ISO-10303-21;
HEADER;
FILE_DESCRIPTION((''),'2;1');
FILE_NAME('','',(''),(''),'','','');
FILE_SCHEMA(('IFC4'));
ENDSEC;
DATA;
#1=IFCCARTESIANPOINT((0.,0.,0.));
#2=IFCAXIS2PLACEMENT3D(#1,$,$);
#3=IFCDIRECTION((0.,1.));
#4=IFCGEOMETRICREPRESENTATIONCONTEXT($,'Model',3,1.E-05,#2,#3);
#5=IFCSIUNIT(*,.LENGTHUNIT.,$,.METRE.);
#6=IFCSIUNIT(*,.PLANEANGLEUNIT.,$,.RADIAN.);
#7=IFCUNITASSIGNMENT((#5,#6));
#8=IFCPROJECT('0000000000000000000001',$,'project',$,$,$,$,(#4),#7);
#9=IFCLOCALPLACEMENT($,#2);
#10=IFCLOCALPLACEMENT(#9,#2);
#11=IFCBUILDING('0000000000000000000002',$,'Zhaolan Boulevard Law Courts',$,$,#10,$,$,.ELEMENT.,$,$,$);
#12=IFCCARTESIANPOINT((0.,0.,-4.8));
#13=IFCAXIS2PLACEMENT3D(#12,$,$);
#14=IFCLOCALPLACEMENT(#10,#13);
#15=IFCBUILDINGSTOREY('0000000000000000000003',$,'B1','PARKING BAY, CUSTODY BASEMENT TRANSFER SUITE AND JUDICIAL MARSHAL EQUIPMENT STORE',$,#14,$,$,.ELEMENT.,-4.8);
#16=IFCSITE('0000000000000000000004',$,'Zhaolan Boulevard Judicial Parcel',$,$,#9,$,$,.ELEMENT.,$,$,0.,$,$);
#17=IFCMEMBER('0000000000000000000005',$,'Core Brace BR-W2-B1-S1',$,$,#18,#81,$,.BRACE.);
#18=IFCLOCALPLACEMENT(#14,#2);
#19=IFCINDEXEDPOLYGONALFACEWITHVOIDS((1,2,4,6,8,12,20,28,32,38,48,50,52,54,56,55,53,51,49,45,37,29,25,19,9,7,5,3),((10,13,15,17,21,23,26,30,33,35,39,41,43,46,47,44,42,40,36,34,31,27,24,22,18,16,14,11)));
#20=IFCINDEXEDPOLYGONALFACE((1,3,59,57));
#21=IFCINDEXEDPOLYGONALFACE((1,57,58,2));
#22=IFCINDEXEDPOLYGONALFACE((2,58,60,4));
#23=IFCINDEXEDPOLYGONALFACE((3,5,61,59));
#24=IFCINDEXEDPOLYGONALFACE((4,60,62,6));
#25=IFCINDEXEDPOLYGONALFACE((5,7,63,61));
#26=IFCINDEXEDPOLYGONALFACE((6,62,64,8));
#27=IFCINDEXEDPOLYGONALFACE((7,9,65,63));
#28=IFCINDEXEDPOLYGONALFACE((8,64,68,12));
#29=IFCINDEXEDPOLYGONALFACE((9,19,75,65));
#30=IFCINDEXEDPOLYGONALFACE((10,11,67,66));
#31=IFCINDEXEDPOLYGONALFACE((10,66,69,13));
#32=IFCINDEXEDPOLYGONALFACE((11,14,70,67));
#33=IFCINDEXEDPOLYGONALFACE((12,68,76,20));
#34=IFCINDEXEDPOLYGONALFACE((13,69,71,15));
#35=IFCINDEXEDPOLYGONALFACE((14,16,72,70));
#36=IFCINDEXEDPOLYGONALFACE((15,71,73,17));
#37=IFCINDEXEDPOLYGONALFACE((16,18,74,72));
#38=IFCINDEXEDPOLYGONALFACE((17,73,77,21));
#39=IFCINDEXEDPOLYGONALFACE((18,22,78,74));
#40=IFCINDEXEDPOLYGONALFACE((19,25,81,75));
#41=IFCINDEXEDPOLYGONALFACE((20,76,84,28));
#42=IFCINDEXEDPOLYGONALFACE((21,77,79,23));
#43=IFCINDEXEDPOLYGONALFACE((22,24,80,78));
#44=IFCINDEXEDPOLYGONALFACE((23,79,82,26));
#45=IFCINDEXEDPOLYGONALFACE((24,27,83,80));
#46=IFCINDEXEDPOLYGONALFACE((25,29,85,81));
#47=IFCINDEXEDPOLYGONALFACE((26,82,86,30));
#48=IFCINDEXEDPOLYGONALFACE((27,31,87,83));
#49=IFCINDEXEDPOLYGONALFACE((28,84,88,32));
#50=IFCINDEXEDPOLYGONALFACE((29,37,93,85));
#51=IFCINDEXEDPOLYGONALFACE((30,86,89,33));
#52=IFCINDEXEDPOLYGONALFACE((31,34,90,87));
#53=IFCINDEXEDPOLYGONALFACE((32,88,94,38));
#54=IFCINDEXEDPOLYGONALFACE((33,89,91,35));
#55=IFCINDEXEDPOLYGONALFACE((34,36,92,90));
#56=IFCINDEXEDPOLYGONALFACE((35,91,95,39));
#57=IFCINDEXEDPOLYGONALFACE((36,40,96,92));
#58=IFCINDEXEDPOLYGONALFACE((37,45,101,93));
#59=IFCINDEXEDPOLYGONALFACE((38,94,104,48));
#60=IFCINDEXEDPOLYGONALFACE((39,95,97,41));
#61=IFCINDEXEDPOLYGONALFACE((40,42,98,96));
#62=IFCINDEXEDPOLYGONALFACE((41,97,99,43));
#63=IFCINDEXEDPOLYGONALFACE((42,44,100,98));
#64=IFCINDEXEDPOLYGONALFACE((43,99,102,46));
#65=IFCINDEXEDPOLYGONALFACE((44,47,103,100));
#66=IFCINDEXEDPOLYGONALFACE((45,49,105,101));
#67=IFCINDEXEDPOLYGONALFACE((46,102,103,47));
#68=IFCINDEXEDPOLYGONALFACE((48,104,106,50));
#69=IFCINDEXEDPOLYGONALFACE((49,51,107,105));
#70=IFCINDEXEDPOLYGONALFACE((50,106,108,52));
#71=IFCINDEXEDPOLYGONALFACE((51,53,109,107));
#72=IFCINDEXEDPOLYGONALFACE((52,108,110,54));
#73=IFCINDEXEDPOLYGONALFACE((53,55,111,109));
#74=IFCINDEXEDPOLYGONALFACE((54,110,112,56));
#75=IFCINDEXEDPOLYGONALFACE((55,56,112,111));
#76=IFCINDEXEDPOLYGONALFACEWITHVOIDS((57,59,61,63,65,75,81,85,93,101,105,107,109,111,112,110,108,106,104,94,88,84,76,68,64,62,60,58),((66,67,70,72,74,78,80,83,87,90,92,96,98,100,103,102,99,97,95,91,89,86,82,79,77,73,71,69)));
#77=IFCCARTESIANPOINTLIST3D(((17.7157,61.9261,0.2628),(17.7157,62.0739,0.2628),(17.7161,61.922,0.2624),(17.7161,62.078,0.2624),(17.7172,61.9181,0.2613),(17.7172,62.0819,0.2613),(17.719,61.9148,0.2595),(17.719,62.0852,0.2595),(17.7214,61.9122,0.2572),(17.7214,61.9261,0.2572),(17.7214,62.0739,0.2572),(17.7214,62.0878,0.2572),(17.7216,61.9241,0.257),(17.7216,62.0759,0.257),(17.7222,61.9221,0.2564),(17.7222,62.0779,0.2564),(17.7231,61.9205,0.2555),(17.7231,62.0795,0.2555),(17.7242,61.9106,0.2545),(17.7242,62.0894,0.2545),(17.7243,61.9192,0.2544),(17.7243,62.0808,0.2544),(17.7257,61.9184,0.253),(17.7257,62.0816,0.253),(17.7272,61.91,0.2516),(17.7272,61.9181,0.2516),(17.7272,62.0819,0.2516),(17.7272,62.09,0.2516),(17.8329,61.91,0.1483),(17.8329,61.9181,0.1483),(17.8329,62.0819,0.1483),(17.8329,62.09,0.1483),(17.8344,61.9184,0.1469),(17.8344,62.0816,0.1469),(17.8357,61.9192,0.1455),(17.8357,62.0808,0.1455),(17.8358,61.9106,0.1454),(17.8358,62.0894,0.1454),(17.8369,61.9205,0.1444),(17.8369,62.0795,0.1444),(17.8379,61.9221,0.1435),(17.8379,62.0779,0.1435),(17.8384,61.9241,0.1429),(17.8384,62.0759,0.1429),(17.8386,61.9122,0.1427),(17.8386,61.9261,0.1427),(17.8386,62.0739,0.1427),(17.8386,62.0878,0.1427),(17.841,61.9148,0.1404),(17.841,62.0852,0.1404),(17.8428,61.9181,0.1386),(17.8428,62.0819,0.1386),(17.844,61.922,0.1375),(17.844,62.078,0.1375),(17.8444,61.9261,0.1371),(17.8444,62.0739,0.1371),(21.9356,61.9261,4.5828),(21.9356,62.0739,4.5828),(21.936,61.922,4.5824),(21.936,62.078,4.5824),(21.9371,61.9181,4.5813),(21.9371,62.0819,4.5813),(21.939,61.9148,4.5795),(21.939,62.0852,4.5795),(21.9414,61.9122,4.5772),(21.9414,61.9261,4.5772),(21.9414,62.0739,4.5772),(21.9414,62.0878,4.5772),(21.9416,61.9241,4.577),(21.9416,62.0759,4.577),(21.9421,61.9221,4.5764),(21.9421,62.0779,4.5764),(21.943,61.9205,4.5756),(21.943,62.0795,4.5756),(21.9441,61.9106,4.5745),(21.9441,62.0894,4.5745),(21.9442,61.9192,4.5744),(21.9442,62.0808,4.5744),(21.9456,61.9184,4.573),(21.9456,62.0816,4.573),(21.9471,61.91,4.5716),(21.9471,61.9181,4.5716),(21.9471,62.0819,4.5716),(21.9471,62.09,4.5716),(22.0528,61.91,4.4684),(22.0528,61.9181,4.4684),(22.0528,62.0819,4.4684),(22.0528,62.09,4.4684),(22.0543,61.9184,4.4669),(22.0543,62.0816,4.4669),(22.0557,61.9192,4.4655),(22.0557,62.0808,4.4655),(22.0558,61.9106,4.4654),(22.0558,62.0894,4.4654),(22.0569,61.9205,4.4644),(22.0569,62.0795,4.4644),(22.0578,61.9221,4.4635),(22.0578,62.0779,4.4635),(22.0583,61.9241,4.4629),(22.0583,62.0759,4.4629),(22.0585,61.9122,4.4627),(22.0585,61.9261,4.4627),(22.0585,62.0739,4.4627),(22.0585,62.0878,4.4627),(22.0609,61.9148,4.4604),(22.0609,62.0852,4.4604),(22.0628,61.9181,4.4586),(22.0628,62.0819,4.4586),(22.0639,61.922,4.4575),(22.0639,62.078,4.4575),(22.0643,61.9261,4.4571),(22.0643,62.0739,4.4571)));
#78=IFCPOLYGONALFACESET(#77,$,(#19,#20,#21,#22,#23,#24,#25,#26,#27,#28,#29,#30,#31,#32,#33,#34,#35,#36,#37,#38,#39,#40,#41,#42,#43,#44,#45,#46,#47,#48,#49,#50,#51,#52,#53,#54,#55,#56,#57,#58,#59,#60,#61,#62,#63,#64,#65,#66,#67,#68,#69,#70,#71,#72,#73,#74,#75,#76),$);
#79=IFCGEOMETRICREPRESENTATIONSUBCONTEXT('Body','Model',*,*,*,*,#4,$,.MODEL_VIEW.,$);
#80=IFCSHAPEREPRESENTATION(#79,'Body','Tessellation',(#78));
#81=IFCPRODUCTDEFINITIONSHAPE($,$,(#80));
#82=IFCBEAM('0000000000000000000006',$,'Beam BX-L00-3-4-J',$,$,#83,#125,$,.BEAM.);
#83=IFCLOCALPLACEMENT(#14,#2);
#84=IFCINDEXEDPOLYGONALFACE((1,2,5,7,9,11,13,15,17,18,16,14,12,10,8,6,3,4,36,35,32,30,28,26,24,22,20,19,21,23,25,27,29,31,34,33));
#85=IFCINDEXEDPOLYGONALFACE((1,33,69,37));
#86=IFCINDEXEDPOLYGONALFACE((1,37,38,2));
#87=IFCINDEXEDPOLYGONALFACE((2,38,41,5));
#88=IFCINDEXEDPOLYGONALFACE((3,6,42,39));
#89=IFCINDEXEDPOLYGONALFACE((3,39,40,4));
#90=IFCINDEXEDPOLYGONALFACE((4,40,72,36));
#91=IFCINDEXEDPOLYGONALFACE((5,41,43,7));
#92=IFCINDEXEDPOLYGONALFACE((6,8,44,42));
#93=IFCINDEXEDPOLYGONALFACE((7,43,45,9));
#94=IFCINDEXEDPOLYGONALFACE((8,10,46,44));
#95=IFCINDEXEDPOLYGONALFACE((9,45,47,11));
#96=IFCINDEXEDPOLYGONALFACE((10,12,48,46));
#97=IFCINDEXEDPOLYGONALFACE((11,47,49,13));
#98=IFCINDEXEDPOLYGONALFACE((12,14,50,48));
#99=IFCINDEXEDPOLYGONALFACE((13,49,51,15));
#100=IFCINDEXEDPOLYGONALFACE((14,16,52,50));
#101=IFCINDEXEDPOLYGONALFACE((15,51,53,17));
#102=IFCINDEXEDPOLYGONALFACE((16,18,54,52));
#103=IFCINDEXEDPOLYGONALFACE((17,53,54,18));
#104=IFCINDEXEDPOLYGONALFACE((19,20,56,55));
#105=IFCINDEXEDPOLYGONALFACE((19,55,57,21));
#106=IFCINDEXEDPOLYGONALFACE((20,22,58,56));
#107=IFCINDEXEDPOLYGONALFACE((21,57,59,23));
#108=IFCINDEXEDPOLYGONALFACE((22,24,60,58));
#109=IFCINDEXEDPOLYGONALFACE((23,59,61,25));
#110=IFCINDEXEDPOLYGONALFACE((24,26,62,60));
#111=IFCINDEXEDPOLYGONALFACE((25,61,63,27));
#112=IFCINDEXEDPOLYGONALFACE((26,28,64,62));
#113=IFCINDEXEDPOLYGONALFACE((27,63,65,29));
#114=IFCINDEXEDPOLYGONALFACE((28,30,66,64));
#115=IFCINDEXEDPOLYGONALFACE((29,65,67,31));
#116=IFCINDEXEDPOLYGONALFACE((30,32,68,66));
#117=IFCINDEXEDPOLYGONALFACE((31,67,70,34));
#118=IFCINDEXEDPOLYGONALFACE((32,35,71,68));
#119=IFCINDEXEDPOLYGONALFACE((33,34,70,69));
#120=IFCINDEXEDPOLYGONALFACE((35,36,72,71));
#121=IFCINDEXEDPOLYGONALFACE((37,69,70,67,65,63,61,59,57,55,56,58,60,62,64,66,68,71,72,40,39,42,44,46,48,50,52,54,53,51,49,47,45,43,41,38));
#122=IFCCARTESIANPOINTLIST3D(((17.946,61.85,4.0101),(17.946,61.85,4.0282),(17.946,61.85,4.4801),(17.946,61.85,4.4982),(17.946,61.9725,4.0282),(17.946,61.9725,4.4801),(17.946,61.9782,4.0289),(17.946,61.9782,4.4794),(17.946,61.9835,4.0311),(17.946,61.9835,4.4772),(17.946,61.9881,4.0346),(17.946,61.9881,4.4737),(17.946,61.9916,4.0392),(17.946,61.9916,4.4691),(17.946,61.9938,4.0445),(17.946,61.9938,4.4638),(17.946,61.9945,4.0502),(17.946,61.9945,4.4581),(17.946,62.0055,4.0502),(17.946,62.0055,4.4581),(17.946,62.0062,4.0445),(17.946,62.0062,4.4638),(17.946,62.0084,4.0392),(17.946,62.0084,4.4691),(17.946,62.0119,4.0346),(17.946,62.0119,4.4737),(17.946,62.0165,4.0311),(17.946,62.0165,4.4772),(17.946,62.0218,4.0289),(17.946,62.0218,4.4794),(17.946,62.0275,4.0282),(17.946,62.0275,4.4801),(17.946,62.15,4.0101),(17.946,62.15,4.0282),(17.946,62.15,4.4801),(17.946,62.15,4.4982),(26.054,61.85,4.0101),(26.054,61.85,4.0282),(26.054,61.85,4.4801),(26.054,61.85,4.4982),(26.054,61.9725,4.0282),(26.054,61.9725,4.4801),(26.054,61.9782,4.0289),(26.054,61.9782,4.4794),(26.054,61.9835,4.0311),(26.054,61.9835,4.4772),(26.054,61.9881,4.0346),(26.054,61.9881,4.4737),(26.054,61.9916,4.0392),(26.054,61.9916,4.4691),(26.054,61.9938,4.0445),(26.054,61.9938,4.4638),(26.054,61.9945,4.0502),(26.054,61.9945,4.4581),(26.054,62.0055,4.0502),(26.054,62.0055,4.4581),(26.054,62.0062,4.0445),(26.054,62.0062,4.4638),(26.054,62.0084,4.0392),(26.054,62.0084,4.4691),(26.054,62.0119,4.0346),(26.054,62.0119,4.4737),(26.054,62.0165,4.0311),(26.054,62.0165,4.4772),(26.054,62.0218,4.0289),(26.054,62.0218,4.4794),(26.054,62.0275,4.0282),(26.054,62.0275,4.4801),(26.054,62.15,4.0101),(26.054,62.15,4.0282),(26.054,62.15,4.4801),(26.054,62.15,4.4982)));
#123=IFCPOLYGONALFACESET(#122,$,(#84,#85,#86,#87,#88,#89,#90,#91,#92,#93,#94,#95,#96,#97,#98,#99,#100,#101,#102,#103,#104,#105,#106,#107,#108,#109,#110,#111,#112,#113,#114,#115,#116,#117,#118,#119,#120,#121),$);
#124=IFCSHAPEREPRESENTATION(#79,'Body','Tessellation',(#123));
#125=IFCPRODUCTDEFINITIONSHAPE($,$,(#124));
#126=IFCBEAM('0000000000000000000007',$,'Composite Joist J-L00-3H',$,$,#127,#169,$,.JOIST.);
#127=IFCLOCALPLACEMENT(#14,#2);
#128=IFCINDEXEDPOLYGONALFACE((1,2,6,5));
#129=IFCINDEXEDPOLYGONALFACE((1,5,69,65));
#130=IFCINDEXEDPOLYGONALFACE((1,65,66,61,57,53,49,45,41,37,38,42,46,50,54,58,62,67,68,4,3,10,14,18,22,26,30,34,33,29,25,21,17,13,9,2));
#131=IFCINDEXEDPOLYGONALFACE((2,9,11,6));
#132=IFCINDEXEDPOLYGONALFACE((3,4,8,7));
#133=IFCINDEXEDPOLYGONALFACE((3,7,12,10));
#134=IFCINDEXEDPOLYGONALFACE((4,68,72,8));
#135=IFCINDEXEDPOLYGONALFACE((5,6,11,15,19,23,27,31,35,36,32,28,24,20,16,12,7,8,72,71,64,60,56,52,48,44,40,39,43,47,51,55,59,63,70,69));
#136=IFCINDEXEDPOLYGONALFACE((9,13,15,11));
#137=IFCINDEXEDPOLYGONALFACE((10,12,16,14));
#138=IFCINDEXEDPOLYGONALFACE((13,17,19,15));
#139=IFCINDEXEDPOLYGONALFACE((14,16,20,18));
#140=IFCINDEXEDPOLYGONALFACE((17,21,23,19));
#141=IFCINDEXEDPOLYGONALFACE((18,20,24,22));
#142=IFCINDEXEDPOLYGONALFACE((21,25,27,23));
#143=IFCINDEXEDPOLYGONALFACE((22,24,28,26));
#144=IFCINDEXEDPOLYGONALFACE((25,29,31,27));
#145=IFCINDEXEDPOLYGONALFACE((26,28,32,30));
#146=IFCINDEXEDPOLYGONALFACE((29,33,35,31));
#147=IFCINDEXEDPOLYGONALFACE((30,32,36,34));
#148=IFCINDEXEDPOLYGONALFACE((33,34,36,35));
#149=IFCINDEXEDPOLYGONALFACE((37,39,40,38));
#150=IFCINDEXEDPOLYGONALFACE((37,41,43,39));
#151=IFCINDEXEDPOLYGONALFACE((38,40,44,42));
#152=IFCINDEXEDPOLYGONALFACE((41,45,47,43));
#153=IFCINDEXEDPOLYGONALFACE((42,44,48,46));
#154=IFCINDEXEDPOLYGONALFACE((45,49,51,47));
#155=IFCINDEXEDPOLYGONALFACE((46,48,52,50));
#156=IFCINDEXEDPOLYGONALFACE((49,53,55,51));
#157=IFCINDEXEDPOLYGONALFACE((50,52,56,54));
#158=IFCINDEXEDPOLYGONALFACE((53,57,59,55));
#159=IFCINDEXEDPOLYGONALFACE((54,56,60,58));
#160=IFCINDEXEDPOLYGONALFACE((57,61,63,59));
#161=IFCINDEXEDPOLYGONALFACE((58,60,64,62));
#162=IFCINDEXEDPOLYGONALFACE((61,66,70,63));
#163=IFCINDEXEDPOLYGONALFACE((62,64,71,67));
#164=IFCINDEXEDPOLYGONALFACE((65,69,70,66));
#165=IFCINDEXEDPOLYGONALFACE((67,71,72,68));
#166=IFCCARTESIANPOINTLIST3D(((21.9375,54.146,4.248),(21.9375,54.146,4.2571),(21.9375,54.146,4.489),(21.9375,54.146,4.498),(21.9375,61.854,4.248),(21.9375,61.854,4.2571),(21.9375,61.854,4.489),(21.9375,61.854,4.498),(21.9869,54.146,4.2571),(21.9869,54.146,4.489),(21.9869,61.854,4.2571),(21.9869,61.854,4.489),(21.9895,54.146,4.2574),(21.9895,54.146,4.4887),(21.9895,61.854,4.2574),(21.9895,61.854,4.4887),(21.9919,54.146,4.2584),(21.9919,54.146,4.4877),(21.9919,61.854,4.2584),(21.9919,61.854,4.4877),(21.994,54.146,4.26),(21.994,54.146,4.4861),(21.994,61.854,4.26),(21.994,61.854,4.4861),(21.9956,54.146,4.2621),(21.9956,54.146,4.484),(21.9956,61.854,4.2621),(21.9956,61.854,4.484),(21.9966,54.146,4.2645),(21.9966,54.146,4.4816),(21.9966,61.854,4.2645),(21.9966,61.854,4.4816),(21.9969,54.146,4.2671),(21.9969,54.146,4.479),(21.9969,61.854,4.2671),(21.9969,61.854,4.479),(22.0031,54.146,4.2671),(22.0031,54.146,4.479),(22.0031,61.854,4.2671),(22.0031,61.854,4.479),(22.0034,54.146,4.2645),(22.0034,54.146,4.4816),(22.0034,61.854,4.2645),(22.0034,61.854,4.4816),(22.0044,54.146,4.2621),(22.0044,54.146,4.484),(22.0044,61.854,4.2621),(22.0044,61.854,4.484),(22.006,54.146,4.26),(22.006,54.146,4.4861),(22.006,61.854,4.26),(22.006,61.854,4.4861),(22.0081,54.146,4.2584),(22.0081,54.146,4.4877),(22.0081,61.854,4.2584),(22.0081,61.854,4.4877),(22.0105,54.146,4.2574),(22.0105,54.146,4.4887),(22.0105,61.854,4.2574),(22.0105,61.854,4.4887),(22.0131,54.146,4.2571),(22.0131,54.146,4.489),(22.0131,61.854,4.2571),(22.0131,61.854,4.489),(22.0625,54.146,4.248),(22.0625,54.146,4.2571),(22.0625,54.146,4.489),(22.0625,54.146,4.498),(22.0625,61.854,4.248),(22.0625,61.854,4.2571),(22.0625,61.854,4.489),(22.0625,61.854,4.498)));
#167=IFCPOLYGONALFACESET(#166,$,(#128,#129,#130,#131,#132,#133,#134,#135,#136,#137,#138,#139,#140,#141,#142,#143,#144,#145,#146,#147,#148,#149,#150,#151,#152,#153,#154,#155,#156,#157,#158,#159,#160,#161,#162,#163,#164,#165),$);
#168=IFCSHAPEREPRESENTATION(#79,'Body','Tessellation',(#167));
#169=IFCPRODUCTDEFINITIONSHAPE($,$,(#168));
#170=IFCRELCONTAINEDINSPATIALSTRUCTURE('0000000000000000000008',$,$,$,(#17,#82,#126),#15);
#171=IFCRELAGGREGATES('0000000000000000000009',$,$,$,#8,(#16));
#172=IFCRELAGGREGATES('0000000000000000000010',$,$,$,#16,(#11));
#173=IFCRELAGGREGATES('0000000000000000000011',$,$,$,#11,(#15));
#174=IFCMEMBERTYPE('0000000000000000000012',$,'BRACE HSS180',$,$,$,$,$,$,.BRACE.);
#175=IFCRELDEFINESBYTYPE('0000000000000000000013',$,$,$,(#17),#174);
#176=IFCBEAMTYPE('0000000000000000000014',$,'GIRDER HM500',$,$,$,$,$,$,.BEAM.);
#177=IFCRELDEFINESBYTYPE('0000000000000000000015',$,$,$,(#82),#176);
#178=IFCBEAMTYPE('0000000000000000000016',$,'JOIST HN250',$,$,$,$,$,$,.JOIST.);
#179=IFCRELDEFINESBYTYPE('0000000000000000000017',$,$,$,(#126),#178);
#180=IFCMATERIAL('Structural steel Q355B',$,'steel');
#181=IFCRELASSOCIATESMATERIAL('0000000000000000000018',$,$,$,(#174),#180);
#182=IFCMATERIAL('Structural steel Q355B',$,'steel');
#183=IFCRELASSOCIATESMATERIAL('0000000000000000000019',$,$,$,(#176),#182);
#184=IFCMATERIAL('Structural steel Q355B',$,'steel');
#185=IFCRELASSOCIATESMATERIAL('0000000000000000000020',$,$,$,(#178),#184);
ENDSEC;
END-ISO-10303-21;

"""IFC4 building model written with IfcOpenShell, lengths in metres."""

from ifc_helpers import new_model, si_unit, direction, frame, origin, origin_2d, place, context, subcontext, project, spatial, hollow_rectangle, i_section, extrude, material, material_profile, profile_set, type_object, element, save


model = new_model("IFC4")

# Units and contexts
model_context = context("Model", 3, precision=1e-05, world=origin(), true_north=direction((0.0, 1.0)))
body_context = subcontext(model_context, "Body", "Model", "MODEL_VIEW")
ifc_project = project(units=[si_unit("LENGTHUNIT", "METRE"), si_unit("PLANEANGLEUNIT", "RADIAN")], contexts=[model_context])

# Site, building, storey
site_placement = place(None, origin())
site = spatial("IfcSite", under=ifc_project, at=site_placement, Name="Zhaolan Boulevard Judicial Parcel", CompositionType="ELEMENT", RefElevation=0.0)
building_placement = place(site_placement, origin())
building = spatial("IfcBuilding", under=site, at=building_placement, Name="Zhaolan Boulevard Law Courts", CompositionType="ELEMENT")
storey_placement = place(building_placement, frame((0.0, 0.0, -4.8)))
storey = spatial("IfcBuildingStorey", under=building, at=storey_placement, Name="B1", Description="PARKING BAY, CUSTODY BASEMENT TRANSFER SUITE AND JUDICIAL MARSHAL EQUIPMENT STORE", CompositionType="ELEMENT", Elevation=-4.8)

# Member
ifc_material_1 = material(Name="Structural steel Q355B", Category="steel")
ifc_material_profile_1 = material_profile(ifc_material_1, hollow_rectangle(XDim=0.1799, YDim=0.1799, WallThickness=0.0081, InnerFilletRadius=0.0081, OuterFilletRadius=0.0161, at=origin_2d()), Name="HSS180x180x8")
ifc_profile_set_1 = profile_set([ifc_material_profile_1], Name="Structural steel Q355B")
member_type = type_object("IfcMemberType", Name="BRACE HSS180", PredefinedType="BRACE", material=ifc_profile_set_1)
member_placement = place(storey_placement, frame((17.78, 62.0, 0.2), z_axis=(0.698771, 0.0, 0.715346), x_axis=(0.0, 1.0, 0.0)))
element("IfcMember", 1, at=member_placement, inside=storey, type_object=member_type, Name="Core Brace BR-W2-B1-S1", PredefinedType="BRACE", context=body_context, shape_type="SweptSolid", body=[
    extrude(hollow_rectangle(XDim=0.1799, YDim=0.1799, WallThickness=0.0081, InnerFilletRadius=0.0081, OuterFilletRadius=0.0161, at=origin_2d()), origin(), (0.0, 0.0, 1.0), 6.0391),
])

# Beams
ifc_material_2 = material(Name="Structural steel Q355B", Category="steel")
ifc_material_profile_2 = material_profile(ifc_material_2, i_section(OverallWidth=0.3, OverallDepth=0.488, WebThickness=0.011, FlangeThickness=0.0181, FilletRadius=0.022, at=origin_2d()), Name="HM488x300")
ifc_profile_set_2 = profile_set([ifc_material_profile_2], Name="Structural steel Q355B")
beam_type_1 = type_object("IfcBeamType", Name="GIRDER HM500", PredefinedType="BEAM", material=ifc_profile_set_2)
beam_1_placement = place(storey_placement, frame((17.946, 62.0, 4.2542), z_axis=(1.0, 0.0, 0.0), x_axis=(0.0, 1.0, 0.0)))
element("IfcBeam", 2, at=beam_1_placement, inside=storey, type_object=beam_type_1, Name="Beam BX-L00-3-4-J", PredefinedType="BEAM", context=body_context, shape_type="SweptSolid", body=[
    extrude(i_section(OverallWidth=0.3, OverallDepth=0.488, WebThickness=0.011, FlangeThickness=0.0181, FilletRadius=0.022, at=origin_2d()), origin(), (0.0, 0.0, 1.0), 8.1079),
])
ifc_material_3 = material(Name="Structural steel Q355B", Category="steel")
ifc_material_profile_3 = material_profile(ifc_material_3, i_section(OverallWidth=0.125, OverallDepth=0.25, WebThickness=0.0061, FlangeThickness=0.009, FilletRadius=0.01, at=origin_2d()), Name="HN250x125")
ifc_profile_set_3 = profile_set([ifc_material_profile_3], Name="Structural steel Q355B")
beam_type_2 = type_object("IfcBeamType", Name="JOIST HN250", PredefinedType="JOIST", material=ifc_profile_set_3)
beam_2_placement = place(storey_placement, frame((22.0, 54.146, 4.373), z_axis=(0.0, 1.0, 0.0), x_axis=(-1.0, 0.0, 0.0)))
element("IfcBeam", 3, at=beam_2_placement, inside=storey, type_object=beam_type_2, Name="Composite Joist J-L00-3H", PredefinedType="JOIST", context=body_context, shape_type="SweptSolid", body=[
    extrude(i_section(OverallWidth=0.125, OverallDepth=0.25, WebThickness=0.0061, FlangeThickness=0.009, FilletRadius=0.01, at=origin_2d()), origin(), (0.0, 0.0, 1.0), 7.708),
])

save(model, "model.ifc")
